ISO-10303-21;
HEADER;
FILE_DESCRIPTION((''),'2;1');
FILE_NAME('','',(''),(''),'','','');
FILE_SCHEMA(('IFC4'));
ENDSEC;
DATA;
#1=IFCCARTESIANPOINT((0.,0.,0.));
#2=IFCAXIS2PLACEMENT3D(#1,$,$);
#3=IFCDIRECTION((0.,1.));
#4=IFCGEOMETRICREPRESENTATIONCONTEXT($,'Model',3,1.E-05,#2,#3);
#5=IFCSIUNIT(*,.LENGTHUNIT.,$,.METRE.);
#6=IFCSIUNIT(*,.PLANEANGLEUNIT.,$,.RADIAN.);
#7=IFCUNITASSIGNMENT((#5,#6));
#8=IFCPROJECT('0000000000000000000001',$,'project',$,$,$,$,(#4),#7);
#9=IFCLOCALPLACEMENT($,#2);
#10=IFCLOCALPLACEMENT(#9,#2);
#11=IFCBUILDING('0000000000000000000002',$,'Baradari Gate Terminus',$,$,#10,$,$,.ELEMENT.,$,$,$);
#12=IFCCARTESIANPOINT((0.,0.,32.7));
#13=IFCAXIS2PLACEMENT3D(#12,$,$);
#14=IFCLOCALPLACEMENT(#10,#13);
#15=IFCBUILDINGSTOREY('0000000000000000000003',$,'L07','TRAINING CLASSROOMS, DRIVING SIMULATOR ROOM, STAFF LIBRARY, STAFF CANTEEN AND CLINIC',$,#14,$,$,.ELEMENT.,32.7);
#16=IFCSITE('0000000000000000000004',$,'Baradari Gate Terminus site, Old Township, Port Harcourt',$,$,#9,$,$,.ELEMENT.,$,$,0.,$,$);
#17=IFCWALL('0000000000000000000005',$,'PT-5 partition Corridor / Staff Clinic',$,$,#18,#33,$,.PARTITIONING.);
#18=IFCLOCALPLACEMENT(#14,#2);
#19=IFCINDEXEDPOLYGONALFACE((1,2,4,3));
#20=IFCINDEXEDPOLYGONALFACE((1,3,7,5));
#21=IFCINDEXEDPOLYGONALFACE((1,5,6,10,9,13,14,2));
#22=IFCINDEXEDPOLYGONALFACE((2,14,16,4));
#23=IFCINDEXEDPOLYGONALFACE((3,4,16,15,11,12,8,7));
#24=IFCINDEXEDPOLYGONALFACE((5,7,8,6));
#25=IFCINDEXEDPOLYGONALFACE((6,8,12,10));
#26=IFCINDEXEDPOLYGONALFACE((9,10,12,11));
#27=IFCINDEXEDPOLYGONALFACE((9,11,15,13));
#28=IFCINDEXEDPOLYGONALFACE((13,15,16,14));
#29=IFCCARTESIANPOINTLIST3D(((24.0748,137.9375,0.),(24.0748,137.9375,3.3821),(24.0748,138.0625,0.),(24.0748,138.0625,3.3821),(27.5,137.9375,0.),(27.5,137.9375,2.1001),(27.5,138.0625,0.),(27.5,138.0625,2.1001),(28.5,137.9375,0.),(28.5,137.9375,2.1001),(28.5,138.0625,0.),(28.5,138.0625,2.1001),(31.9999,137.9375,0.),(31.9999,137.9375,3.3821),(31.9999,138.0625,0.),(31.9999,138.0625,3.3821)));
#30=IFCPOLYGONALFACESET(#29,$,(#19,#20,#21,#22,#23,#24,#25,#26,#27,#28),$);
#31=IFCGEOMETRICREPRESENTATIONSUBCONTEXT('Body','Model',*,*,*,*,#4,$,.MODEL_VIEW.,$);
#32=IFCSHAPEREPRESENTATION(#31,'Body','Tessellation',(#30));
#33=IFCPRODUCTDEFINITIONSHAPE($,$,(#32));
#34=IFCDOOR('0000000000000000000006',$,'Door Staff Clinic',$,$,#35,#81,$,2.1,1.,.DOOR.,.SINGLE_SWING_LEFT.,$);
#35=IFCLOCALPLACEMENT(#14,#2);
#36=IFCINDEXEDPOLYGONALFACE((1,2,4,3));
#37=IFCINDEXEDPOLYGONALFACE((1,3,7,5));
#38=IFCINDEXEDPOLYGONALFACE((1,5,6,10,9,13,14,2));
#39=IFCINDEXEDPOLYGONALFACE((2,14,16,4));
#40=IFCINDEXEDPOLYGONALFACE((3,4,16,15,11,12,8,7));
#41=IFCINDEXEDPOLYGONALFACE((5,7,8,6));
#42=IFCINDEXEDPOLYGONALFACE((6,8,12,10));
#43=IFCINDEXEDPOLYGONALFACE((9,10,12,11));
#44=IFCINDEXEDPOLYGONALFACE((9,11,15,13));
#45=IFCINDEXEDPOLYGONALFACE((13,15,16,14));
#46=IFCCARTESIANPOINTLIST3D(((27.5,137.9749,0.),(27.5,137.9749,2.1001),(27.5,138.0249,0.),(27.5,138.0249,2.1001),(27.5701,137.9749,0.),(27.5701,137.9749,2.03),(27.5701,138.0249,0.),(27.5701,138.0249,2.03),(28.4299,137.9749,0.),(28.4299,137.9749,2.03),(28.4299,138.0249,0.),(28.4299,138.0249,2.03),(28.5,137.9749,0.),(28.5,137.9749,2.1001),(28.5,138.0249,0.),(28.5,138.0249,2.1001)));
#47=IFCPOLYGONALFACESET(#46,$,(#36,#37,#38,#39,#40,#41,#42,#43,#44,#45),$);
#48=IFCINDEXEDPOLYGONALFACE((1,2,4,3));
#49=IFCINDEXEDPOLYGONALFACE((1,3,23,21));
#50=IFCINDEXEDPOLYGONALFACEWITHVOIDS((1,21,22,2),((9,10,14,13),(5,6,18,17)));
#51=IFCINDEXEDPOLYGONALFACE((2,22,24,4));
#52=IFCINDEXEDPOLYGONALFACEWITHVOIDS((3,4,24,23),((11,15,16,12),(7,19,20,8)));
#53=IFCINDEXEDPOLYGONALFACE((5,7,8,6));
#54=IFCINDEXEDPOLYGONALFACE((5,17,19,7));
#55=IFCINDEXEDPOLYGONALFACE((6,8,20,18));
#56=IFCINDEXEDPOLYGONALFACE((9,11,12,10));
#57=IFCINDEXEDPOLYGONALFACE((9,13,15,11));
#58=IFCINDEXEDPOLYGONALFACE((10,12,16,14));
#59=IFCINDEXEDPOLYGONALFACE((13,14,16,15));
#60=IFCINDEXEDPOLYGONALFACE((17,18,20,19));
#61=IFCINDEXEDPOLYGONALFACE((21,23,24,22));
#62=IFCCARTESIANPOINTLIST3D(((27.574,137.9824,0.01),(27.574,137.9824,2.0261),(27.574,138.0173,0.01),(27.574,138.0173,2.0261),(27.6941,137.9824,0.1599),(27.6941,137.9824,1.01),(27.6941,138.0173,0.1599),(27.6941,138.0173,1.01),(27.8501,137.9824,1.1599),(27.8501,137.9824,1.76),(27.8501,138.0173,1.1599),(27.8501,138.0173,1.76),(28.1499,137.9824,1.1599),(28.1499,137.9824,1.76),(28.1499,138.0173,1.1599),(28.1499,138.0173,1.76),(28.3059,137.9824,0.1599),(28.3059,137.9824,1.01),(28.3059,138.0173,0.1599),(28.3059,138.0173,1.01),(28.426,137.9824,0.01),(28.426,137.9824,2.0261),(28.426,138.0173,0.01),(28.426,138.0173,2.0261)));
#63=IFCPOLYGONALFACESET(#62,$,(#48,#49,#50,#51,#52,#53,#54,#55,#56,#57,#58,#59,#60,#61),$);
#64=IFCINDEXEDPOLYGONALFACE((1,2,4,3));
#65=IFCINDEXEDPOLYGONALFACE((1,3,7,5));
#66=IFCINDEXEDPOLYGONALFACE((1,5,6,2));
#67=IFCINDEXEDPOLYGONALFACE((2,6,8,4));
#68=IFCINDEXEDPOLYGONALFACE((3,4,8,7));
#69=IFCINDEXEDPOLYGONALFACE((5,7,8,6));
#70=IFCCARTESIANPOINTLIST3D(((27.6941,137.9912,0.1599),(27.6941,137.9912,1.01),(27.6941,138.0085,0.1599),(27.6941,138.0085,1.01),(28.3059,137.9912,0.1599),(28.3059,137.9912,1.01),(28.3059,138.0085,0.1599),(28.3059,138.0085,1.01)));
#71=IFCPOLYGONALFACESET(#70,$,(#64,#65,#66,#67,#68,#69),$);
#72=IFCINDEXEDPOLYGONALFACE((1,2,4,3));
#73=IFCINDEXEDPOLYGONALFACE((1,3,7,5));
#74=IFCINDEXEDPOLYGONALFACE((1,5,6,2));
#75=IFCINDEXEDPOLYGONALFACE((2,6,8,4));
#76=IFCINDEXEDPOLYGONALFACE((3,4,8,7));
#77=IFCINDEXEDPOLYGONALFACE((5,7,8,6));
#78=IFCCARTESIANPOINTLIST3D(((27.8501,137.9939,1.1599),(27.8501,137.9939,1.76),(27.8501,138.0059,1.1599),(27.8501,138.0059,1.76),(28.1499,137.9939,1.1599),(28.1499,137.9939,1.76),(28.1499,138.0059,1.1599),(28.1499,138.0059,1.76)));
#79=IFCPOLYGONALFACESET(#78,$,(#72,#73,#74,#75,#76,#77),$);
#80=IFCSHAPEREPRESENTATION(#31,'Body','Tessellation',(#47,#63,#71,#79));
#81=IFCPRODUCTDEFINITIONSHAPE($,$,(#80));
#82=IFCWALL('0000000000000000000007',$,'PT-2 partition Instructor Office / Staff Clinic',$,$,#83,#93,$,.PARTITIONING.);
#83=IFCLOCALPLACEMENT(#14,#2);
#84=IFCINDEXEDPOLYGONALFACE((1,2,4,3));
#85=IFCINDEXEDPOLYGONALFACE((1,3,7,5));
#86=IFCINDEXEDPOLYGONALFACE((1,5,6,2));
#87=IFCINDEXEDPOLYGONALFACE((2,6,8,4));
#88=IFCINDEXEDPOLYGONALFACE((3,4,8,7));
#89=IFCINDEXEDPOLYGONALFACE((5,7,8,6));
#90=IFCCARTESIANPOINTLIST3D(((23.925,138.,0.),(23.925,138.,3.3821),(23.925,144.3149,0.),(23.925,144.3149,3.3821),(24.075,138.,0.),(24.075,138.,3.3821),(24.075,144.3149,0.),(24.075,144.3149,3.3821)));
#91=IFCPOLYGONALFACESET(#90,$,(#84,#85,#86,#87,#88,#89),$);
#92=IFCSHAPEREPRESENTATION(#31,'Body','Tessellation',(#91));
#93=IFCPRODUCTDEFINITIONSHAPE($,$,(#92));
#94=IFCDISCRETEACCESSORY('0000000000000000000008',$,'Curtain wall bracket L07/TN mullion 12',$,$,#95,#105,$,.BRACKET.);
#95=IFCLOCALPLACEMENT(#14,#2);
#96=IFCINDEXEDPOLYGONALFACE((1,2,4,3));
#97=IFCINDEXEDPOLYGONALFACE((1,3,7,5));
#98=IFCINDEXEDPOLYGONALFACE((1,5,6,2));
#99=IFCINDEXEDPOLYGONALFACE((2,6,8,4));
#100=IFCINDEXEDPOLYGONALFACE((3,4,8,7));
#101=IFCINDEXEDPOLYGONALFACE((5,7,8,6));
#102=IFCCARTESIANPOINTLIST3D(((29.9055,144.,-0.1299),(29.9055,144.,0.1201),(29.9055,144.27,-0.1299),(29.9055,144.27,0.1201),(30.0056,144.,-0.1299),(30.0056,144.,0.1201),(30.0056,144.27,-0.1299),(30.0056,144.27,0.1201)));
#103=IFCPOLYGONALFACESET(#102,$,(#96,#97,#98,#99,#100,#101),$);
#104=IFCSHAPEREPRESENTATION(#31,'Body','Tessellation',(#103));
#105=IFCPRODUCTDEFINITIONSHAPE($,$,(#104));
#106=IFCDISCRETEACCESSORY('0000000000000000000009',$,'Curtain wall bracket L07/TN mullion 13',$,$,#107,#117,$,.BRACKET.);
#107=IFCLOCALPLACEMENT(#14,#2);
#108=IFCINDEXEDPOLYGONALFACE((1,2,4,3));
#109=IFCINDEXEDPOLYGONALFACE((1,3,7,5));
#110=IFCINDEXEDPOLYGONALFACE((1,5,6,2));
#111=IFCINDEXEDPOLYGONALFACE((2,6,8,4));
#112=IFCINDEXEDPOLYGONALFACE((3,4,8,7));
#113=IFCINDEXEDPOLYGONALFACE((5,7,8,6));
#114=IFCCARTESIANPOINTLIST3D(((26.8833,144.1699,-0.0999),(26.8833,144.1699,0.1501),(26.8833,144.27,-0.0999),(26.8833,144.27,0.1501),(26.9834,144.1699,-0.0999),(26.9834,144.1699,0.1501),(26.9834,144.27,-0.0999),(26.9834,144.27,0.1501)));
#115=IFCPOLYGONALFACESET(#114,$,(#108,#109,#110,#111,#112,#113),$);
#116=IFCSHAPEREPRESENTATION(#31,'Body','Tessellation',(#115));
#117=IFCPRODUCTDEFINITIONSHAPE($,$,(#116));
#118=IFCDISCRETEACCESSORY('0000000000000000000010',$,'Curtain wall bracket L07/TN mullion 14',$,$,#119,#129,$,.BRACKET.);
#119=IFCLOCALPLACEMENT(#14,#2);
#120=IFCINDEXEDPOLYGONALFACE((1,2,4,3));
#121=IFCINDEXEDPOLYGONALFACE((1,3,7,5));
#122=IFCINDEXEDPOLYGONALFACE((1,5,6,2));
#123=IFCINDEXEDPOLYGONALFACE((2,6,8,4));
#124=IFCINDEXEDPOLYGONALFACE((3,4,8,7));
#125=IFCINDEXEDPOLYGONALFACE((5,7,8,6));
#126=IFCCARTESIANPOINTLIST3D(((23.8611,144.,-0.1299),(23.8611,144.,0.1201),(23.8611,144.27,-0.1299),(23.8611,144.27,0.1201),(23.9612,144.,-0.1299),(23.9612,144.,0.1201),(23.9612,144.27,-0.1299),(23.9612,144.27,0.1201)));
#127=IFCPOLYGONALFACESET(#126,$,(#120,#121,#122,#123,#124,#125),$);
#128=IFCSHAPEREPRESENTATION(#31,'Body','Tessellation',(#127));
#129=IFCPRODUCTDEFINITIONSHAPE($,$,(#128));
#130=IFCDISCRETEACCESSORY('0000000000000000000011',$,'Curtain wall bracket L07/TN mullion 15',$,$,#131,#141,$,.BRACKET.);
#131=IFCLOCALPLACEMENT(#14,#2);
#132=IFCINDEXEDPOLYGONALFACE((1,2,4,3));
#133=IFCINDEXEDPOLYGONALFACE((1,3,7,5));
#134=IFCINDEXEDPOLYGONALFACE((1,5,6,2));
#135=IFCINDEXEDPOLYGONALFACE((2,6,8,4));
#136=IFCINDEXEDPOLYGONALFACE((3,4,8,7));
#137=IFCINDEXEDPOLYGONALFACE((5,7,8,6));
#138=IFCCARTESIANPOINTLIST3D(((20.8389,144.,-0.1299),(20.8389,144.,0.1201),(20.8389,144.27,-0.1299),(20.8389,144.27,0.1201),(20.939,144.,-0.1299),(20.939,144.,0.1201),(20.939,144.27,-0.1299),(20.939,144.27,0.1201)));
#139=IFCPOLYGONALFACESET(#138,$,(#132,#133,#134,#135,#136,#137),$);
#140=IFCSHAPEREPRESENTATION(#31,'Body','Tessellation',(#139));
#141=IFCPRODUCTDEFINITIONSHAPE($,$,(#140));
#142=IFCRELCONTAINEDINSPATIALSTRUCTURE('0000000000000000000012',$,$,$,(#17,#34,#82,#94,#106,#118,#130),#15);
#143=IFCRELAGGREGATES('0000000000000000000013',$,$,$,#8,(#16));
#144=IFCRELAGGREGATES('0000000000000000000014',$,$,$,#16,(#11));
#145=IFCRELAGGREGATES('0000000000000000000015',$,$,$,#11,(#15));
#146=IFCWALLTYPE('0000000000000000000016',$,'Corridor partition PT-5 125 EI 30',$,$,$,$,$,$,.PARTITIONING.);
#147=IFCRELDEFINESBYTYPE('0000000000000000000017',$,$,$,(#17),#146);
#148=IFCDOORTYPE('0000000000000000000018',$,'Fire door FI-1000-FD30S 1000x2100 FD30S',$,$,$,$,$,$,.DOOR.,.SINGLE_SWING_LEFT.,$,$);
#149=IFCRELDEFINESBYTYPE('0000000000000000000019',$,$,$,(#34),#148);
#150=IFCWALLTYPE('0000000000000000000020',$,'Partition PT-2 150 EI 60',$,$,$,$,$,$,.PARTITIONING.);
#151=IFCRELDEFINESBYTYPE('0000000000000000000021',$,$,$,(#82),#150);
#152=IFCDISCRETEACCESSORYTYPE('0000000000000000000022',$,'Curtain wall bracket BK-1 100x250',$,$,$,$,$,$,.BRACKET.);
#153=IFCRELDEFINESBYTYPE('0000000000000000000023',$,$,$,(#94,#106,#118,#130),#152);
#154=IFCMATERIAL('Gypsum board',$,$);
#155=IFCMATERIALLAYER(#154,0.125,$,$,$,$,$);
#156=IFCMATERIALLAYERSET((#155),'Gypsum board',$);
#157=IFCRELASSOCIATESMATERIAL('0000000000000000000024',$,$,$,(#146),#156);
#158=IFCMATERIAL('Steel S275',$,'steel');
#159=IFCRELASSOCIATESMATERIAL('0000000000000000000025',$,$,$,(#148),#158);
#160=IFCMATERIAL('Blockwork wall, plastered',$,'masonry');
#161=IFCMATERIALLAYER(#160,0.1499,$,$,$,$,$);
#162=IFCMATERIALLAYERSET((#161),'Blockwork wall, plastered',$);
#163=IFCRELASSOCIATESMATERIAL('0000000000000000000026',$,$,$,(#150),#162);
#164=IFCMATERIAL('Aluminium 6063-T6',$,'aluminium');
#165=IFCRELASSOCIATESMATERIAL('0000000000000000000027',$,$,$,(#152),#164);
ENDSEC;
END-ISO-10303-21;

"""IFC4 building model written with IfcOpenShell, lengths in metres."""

from ifc_helpers import new_model, si_unit, direction, frame, frame_2d, origin, origin_2d, place, context, subcontext, project, spatial, polyline, rectangle, outline, extrude, material, layer, layer_set, type_object, element, fill, save


model = new_model("IFC4")

# Units and contexts
model_context = context("Model", 3, precision=1e-05, world=origin(), true_north=direction((0.0, 1.0)))
body_context = subcontext(model_context, "Body", "Model", "MODEL_VIEW")
ifc_project = project(units=[si_unit("LENGTHUNIT", "METRE"), si_unit("PLANEANGLEUNIT", "RADIAN")], contexts=[model_context])

# Site, building, storey
site_placement = place(None, origin())
site = spatial("IfcSite", under=ifc_project, at=site_placement, Name="Baradari Gate Terminus site, Old Township, Port Harcourt", CompositionType="ELEMENT", RefElevation=0.0)
building_placement = place(site_placement, origin())
building = spatial("IfcBuilding", under=site, at=building_placement, Name="Baradari Gate Terminus", CompositionType="ELEMENT")
storey_placement = place(building_placement, frame((0.0, 0.0, 32.7)))
storey = spatial("IfcBuildingStorey", under=building, at=storey_placement, Name="L07", Description="TRAINING CLASSROOMS, DRIVING SIMULATOR ROOM, STAFF LIBRARY, STAFF CANTEEN AND CLINIC", CompositionType="ELEMENT", Elevation=32.7)

# Shared definitions
ifc_material_1 = material(Name="Gypsum board")
ifc_layer_1 = layer(ifc_material_1, 0.125)
ifc_layer_set_1 = layer_set([ifc_layer_1], Name="Gypsum board")
wall_type_1 = type_object("IfcWallType", Name="Corridor partition PT-5 125 EI 30", PredefinedType="PARTITIONING", material=ifc_layer_set_1)

# Wall, opening, door
wall_1_placement = place(storey_placement, frame((24.075, 138.0, 0.0), z_axis=(0.0, 0.0, 1.0), x_axis=(1.0, 0.0, 0.0)))
wall_1 = element("IfcWall", 1, at=wall_1_placement, inside=storey, type_object=wall_type_1, Name="PT-5 partition Corridor / Staff Clinic", PredefinedType="PARTITIONING", context=body_context, shape_type="SweptSolid", body=[
    extrude(rectangle(XDim=7.925, YDim=0.125, at=frame_2d((3.9624, 0.0))), origin(), (0.0, 0.0, 1.0), 3.3821),
])
opening_1_placement = place(wall_1_placement, frame((3.425, 0.0, 0.0)))
opening_1 = element("IfcOpeningElement", 2, at=opening_1_placement, cuts=wall_1, PredefinedType="OPENING", context=body_context, shape_type="SweptSolid", body=[
    extrude(rectangle(XDim=1.0, YDim=2.1001, at=frame_2d((0.5, 1.05))), frame((0.0, 0.0725, 0.0), z_axis=(0.0, -1.0, 0.0), x_axis=(1.0, 0.0, 0.0)), (0.0, 0.0, 1.0), 0.145),
])
ifc_material_2 = material(Name="Steel S275", Category="steel")
door_type_1 = type_object("IfcDoorType", Name="Fire door FI-1000-FD30S 1000x2100 FD30S", OperationType="SINGLE_SWING_LEFT", PredefinedType="DOOR", material=ifc_material_2)
door_1_placement = place(opening_1_placement, origin())
door_1 = element("IfcDoor", 3, at=door_1_placement, inside=storey, type_object=door_type_1, Name="Door Staff Clinic", OperationType="SINGLE_SWING_LEFT", OverallHeight=2.1, OverallWidth=1.0, PredefinedType="DOOR", context=body_context, shape_type="SweptSolid", body=[
    extrude(outline(polyline([(0.0, 0.0), (0.0701, 0.0), (0.0701, 2.03), (0.9299, 2.03), (0.9299, 0.0), (1.0, 0.0), (1.0, 2.1001), (0.0, 2.1001), (0.0, 0.0)])), frame((0.0, 0.0249, 0.0), z_axis=(0.0, -1.0, 0.0), x_axis=(1.0, 0.0, 0.0)), (0.0, 0.0, 1.0), 0.05),
    extrude(outline(polyline([(0.074, 0.01), (0.926, 0.01), (0.926, 2.0261), (0.074, 2.0261), (0.074, 0.01)]), holes=[polyline([(0.1941, 0.1599), (0.8059, 0.1599), (0.8059, 1.01), (0.1941, 1.01), (0.1941, 0.1599)]), polyline([(0.3501, 1.1599), (0.6499, 1.1599), (0.6499, 1.76), (0.3501, 1.76), (0.3501, 1.1599)])]), frame((0.0, 0.0173, 0.0), z_axis=(0.0, -1.0, 0.0), x_axis=(1.0, 0.0, 0.0)), (0.0, 0.0, 1.0), 0.0349),
    extrude(rectangle(XDim=0.6118, YDim=0.8501, at=frame_2d((0.5, 0.585))), frame((0.0, 0.0085, 0.0), z_axis=(0.0, -1.0, 0.0), x_axis=(1.0, 0.0, 0.0)), (0.0, 0.0, 1.0), 0.0173),
    extrude(rectangle(XDim=0.2998, YDim=0.6001, at=frame_2d((0.5, 1.46))), frame((0.0, 0.0059, 0.0), z_axis=(0.0, -1.0, 0.0), x_axis=(1.0, 0.0, 0.0)), (0.0, 0.0, 1.0), 0.012),
])
fill(opening_1, door_1)

# Wall
ifc_material_3 = material(Name="Blockwork wall, plastered", Category="masonry")
ifc_layer_2 = layer(ifc_material_3, 0.1499)
ifc_layer_set_2 = layer_set([ifc_layer_2], Name="Blockwork wall, plastered")
wall_type_2 = type_object("IfcWallType", Name="Partition PT-2 150 EI 60", PredefinedType="PARTITIONING", material=ifc_layer_set_2)
wall_2_placement = place(storey_placement, frame((24.0, 144.3149, 0.0), z_axis=(0.0, 0.0, 1.0), x_axis=(0.0, -1.0, 0.0)))
element("IfcWall", 4, at=wall_2_placement, inside=storey, type_object=wall_type_2, Name="PT-2 partition Instructor Office / Staff Clinic", PredefinedType="PARTITIONING", context=body_context, shape_type="SweptSolid", body=[
    extrude(rectangle(XDim=6.3149, YDim=0.1499, at=frame_2d((3.1575, 0.0))), origin(), (0.0, 0.0, 1.0), 3.3821),
])

# Discrete accessories
ifc_material_4 = material(Name="Aluminium 6063-T6", Category="aluminium")
discrete_accessory_type = type_object("IfcDiscreteAccessoryType", Name="Curtain wall bracket BK-1 100x250", PredefinedType="BRACKET", material=ifc_material_4)
discrete_accessory_1_placement = place(storey_placement, frame((29.9556, 144.135, -0.1299), z_axis=(0.0, 0.0, 1.0), x_axis=(0.0, 1.0, 0.0)))
element("IfcDiscreteAccessory", 5, at=discrete_accessory_1_placement, inside=storey, type_object=discrete_accessory_type, Name="Curtain wall bracket L07/TN mullion 12", PredefinedType="BRACKET", context=body_context, shape_type="SweptSolid", body=[
    extrude(rectangle(XDim=0.27, YDim=0.1001, at=origin_2d()), origin(), (0.0, 0.0, 1.0), 0.25),
])
discrete_accessory_2_placement = place(storey_placement, frame((26.9333, 144.22, -0.0999), z_axis=(0.0, 0.0, 1.0), x_axis=(0.0, 1.0, 0.0)))
element("IfcDiscreteAccessory", 6, at=discrete_accessory_2_placement, inside=storey, type_object=discrete_accessory_type, Name="Curtain wall bracket L07/TN mullion 13", PredefinedType="BRACKET", context=body_context, shape_type="SweptSolid", body=[
    extrude(rectangle(XDim=0.1001, YDim=0.1001, at=origin_2d()), origin(), (0.0, 0.0, 1.0), 0.25),
])
for number, where, z_axis, x_axis, name in (
    (7, (23.9111, 144.135, -0.1299), (0.0, 0.0, 1.0), (0.0, 1.0, 0.0), "Curtain wall bracket L07/TN mullion 14"),
    (8, (20.8889, 144.135, -0.1299), (0.0, 0.0, 1.0), (0.0, 1.0, 0.0), "Curtain wall bracket L07/TN mullion 15"),
):
    element("IfcDiscreteAccessory", number, at=place(storey_placement, frame(where, z_axis=z_axis, x_axis=x_axis)), inside=storey, type_object=discrete_accessory_type, Name=name, PredefinedType="BRACKET", context=body_context, shape_type="SweptSolid", body=[
        extrude(rectangle(XDim=0.27, YDim=0.1001, at=origin_2d()), origin(), (0.0, 0.0, 1.0), 0.25),
    ])

save(model, "model.ifc")
